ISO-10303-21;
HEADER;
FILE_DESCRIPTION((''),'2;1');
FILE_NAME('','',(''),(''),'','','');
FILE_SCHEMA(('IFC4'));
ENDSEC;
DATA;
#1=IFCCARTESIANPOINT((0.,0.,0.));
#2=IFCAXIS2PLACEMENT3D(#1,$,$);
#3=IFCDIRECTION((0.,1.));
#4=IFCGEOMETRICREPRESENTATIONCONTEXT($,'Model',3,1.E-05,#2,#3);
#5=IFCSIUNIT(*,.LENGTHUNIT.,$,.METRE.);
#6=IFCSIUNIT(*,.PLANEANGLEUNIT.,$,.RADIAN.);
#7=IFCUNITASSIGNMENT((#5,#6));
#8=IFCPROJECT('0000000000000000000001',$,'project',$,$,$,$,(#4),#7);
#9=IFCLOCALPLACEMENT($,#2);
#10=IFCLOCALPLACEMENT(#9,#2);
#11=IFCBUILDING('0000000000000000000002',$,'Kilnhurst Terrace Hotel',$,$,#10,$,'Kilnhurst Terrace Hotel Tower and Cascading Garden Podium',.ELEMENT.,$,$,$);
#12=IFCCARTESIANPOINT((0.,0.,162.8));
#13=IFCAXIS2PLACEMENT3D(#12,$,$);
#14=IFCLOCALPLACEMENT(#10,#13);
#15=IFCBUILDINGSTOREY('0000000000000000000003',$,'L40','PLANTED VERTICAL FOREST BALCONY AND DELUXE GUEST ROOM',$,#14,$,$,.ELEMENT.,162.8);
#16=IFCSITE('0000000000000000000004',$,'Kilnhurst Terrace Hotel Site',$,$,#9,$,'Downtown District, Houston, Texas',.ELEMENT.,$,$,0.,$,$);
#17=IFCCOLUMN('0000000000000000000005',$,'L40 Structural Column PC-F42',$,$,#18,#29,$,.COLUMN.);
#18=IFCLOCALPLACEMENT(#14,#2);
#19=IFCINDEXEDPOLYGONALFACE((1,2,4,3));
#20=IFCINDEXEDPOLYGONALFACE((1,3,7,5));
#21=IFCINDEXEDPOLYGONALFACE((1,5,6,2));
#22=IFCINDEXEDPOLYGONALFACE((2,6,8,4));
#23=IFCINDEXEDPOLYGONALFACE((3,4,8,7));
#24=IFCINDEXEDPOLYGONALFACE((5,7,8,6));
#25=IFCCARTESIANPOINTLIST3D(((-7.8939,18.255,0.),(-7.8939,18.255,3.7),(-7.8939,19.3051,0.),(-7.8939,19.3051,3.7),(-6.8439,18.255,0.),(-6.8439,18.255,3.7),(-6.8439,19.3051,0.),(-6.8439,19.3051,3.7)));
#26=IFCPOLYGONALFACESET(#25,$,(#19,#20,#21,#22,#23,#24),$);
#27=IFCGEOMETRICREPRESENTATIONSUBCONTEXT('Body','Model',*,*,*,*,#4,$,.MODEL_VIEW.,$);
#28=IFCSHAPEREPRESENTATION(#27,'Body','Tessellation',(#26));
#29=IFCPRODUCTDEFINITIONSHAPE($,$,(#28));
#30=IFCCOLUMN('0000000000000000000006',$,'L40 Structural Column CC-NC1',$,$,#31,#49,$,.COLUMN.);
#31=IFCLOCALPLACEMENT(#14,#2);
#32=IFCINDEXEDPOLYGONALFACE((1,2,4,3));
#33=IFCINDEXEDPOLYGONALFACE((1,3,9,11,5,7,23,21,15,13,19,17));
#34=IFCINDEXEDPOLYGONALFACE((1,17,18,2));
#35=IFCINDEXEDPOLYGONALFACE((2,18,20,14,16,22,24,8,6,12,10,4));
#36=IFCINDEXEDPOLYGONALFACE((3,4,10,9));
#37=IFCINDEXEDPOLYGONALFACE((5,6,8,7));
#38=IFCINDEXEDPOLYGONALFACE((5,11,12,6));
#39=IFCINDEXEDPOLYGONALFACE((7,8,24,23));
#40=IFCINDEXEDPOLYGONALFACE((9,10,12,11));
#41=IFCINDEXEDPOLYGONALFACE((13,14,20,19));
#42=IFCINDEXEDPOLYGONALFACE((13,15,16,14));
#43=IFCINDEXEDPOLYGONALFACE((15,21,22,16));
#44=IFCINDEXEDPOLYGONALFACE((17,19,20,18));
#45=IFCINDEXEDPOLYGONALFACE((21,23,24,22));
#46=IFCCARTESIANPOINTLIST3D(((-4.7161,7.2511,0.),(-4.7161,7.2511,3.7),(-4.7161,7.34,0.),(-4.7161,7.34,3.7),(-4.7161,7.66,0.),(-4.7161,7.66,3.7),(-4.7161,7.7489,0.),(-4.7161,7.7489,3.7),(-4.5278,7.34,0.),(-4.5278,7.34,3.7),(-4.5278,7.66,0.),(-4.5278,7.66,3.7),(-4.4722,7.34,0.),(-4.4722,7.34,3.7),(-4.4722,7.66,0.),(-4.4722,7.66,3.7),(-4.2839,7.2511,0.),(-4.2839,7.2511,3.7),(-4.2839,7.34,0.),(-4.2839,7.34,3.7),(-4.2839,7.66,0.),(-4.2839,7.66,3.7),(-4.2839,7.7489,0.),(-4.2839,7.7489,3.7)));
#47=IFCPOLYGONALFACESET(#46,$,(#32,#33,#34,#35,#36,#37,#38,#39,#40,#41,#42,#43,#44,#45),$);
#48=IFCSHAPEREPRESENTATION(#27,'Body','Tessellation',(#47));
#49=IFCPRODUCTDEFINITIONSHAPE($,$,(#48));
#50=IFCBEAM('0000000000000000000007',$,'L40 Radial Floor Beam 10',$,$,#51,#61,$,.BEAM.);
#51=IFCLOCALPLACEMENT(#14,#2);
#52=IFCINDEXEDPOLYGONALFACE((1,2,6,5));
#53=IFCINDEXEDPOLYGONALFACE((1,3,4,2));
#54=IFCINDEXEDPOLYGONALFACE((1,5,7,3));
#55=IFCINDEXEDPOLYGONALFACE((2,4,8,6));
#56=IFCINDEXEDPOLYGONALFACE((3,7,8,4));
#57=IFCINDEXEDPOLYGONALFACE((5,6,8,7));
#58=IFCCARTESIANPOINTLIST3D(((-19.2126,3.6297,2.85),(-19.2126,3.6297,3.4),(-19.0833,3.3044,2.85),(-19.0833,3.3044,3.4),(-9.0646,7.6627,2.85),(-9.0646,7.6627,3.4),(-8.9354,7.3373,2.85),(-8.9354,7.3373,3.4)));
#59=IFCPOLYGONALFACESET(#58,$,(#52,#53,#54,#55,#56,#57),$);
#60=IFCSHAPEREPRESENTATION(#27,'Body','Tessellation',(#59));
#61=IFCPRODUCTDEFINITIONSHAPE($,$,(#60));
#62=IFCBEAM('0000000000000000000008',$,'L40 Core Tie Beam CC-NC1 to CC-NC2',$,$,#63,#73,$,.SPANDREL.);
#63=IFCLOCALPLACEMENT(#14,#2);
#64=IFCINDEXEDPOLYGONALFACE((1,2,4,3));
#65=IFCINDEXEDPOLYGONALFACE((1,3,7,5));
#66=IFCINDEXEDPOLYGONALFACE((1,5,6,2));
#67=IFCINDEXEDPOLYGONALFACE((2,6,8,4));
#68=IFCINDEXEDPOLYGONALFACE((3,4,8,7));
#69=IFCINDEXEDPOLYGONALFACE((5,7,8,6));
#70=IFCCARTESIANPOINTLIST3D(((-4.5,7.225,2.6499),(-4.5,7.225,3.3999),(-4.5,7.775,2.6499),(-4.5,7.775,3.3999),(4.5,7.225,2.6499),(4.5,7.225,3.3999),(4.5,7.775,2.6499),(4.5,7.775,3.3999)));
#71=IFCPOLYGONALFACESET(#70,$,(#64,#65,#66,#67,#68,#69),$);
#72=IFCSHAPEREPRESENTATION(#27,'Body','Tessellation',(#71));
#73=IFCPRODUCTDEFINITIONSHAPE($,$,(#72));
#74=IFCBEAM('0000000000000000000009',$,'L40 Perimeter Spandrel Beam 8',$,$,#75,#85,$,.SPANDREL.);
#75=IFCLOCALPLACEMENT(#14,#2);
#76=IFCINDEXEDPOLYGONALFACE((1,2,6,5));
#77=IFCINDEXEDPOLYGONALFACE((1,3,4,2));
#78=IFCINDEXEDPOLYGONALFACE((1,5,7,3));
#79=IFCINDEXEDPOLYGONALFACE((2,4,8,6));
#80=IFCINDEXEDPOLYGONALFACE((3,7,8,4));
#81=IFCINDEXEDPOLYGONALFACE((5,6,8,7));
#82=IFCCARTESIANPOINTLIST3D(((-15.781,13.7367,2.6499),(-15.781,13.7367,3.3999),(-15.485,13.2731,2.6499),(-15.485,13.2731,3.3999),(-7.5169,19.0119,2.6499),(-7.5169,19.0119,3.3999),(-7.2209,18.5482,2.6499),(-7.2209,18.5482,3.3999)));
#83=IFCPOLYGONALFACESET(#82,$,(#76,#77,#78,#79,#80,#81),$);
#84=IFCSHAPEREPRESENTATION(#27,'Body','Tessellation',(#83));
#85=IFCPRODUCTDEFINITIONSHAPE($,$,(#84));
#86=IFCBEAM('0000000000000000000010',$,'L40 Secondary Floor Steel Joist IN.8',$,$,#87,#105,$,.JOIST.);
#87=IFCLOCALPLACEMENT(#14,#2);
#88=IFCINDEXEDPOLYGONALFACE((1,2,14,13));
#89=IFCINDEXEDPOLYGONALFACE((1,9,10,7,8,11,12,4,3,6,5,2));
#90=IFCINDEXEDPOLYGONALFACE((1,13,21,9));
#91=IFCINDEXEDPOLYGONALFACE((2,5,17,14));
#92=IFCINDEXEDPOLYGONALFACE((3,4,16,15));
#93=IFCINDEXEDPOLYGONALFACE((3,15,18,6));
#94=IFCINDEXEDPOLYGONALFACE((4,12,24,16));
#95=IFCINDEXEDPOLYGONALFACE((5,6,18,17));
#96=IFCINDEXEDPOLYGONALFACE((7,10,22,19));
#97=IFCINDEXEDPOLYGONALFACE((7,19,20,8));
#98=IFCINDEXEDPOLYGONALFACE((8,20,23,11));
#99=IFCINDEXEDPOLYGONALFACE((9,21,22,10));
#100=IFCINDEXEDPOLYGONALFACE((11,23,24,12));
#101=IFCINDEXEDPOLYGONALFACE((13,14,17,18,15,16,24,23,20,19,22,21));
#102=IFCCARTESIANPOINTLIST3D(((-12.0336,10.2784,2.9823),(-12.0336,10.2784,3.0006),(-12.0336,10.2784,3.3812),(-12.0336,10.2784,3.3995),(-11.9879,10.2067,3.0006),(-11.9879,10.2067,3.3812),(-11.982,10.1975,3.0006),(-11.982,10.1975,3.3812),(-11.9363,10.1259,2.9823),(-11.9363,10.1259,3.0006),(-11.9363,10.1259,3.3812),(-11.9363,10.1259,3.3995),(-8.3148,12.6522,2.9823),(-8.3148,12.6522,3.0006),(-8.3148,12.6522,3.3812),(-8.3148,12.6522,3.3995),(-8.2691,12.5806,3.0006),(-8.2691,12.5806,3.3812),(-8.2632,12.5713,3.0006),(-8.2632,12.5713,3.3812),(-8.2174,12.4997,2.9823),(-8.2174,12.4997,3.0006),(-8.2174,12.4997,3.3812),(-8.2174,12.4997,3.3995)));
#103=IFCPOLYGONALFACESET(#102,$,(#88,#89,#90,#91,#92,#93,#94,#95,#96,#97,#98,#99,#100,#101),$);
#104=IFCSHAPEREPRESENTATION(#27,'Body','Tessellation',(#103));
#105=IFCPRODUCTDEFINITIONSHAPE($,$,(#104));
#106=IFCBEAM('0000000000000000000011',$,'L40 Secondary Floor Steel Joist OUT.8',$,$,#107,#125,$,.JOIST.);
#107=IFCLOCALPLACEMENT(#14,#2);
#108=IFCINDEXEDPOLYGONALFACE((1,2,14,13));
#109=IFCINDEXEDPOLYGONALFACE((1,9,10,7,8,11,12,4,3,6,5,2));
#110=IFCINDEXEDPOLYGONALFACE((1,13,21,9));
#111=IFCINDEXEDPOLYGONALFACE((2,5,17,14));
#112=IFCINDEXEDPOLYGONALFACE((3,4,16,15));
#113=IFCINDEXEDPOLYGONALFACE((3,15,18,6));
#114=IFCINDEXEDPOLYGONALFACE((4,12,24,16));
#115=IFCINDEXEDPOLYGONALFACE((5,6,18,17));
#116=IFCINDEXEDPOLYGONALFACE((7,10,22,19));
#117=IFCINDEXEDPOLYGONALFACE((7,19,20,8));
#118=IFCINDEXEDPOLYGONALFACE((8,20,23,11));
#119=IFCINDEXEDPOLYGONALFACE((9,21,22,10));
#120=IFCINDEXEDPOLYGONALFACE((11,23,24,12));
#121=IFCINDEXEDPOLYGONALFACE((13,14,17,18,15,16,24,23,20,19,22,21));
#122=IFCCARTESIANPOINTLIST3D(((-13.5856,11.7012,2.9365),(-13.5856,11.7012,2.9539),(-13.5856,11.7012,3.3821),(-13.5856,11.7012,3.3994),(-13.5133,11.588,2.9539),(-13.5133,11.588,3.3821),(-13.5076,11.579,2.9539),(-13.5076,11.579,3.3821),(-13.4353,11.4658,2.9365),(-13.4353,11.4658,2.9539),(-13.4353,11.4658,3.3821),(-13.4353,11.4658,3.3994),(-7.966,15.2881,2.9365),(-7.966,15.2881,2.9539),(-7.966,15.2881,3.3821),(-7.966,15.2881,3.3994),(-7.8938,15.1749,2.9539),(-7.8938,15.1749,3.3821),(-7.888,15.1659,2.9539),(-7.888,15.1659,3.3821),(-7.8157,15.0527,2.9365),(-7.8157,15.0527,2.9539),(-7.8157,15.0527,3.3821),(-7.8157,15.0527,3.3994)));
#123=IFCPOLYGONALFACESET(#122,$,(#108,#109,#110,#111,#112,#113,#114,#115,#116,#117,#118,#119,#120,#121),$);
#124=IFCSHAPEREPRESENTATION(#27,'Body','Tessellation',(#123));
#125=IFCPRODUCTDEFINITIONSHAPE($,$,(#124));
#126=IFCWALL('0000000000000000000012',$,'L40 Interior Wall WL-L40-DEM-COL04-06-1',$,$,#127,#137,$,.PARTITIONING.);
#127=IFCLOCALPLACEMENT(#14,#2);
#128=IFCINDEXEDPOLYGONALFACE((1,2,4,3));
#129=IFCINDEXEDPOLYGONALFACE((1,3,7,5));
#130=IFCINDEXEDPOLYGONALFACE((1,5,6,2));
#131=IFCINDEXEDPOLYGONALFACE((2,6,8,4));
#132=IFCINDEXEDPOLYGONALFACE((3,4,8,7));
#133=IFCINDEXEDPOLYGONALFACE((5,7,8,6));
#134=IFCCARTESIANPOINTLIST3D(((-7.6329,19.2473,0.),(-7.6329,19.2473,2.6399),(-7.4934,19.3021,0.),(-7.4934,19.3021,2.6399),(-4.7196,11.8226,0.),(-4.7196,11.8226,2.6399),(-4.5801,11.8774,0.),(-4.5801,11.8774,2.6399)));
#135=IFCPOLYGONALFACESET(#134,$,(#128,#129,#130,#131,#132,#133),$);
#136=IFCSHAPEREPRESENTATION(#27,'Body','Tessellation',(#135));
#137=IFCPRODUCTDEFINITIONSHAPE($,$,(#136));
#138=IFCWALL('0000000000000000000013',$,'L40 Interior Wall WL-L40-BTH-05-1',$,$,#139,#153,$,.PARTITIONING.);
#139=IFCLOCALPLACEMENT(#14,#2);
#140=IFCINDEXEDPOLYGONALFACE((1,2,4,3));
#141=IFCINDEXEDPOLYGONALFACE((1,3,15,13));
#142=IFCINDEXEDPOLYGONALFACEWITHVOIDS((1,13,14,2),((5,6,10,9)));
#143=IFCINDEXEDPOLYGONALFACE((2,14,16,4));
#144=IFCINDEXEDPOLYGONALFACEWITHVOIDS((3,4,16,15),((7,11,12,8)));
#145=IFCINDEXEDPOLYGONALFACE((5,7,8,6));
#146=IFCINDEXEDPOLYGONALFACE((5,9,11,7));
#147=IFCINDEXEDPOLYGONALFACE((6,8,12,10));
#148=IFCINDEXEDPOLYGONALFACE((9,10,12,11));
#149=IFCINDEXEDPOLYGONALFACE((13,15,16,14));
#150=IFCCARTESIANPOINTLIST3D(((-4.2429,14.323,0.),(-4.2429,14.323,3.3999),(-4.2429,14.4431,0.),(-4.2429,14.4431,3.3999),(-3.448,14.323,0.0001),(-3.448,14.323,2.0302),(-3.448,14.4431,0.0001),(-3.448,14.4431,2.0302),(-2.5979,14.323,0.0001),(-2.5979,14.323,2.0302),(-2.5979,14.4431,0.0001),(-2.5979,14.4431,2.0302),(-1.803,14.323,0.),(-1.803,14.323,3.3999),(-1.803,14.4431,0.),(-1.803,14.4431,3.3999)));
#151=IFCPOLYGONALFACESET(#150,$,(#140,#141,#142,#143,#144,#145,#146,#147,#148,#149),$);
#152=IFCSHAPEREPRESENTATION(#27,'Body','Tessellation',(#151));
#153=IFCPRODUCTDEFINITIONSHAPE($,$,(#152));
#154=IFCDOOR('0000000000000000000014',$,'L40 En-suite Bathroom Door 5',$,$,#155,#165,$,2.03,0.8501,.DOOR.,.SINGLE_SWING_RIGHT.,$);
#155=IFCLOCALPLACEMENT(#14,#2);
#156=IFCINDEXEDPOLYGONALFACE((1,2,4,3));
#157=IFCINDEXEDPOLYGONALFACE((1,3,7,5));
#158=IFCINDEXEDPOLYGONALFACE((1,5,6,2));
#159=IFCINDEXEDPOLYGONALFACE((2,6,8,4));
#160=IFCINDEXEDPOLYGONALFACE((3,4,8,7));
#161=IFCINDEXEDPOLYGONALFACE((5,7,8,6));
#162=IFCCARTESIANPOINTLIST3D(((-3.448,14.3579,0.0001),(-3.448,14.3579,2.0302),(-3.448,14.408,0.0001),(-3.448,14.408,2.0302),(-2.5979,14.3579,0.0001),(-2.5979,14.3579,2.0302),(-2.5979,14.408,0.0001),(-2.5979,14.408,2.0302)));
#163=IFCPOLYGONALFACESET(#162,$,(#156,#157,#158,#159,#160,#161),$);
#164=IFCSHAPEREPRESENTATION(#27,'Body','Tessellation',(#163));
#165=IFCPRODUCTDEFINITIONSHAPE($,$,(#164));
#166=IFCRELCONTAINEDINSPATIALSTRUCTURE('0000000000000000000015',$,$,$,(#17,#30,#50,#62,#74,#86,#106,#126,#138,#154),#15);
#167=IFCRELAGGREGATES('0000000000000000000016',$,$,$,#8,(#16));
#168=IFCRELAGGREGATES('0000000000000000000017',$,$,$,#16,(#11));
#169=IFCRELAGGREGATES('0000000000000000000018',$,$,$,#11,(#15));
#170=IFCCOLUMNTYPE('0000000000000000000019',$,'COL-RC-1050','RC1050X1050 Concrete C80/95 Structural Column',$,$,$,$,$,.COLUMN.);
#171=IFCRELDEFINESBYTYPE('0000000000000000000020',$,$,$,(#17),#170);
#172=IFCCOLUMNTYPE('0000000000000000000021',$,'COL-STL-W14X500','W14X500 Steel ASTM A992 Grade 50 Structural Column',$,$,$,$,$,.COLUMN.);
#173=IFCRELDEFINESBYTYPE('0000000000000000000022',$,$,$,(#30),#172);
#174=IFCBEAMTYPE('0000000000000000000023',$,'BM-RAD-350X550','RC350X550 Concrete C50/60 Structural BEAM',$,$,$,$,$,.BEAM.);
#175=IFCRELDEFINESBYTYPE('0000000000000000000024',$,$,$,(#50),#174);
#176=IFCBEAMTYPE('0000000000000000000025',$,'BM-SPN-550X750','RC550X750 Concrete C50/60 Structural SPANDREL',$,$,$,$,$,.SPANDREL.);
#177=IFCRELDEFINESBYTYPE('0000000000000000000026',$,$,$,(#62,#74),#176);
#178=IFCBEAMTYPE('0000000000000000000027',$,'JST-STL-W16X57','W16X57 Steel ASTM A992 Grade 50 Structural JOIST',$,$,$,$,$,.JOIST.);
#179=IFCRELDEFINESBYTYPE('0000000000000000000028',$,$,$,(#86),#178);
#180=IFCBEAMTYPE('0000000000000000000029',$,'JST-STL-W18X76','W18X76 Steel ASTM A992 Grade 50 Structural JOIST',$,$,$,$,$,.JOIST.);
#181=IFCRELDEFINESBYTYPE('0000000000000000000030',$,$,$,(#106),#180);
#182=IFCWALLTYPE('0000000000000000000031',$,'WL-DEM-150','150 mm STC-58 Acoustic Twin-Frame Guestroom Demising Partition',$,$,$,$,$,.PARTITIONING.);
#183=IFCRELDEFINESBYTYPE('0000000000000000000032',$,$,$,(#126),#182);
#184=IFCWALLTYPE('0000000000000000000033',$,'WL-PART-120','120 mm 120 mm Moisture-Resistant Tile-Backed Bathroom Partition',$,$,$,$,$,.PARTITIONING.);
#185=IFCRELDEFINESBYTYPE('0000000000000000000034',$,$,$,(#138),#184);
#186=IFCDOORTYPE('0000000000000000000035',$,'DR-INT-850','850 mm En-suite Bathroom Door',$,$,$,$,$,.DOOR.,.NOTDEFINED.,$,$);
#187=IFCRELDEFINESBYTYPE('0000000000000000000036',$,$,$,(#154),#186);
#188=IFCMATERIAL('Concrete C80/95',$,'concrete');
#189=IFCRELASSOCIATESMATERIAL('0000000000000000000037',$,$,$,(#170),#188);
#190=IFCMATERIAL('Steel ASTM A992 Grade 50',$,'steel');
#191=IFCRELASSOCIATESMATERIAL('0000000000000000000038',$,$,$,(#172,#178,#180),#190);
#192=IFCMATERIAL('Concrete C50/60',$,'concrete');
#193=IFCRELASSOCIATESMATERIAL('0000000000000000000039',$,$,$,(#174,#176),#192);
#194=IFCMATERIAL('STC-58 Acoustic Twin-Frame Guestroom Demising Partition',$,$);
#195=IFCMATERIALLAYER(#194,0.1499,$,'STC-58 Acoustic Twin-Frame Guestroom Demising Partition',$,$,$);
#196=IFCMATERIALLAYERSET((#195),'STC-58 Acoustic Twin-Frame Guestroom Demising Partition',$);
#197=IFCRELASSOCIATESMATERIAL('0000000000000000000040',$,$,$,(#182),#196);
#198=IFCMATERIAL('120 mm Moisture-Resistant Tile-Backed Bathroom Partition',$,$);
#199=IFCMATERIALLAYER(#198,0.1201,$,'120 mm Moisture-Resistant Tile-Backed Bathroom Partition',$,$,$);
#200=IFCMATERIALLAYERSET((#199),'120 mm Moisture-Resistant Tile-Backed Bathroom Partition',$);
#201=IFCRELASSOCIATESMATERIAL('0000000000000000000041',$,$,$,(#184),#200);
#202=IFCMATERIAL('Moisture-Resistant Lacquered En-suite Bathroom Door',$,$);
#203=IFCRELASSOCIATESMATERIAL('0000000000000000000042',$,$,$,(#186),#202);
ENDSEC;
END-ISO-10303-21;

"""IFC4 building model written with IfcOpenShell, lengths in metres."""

from ifc_helpers import new_model, si_unit, direction, frame, frame_2d, origin, origin_2d, place, context, subcontext, project, spatial, rectangle, i_section, extrude, material, layer, layer_set, material_profile, profile_set, type_object, element, fill, save


model = new_model("IFC4")

# Units and contexts
model_context = context("Model", 3, precision=1e-05, world=origin(), true_north=direction((0.0, 1.0)))
body_context = subcontext(model_context, "Body", "Model", "MODEL_VIEW")
ifc_project = project(units=[si_unit("LENGTHUNIT", "METRE"), si_unit("PLANEANGLEUNIT", "RADIAN")], contexts=[model_context])

# Site, building, storey
site_placement = place(None, origin())
site = spatial("IfcSite", under=ifc_project, at=site_placement, Name="Kilnhurst Terrace Hotel Site", LongName="Downtown District, Houston, Texas", CompositionType="ELEMENT", RefElevation=0.0)
building_placement = place(site_placement, origin())
building = spatial("IfcBuilding", under=site, at=building_placement, Name="Kilnhurst Terrace Hotel", LongName="Kilnhurst Terrace Hotel Tower and Cascading Garden Podium", CompositionType="ELEMENT")
storey_placement = place(building_placement, frame((0.0, 0.0, 162.8)))
storey = spatial("IfcBuildingStorey", under=building, at=storey_placement, Name="L40", Description="PLANTED VERTICAL FOREST BALCONY AND DELUXE GUEST ROOM", CompositionType="ELEMENT", Elevation=162.8)

# Columns
ifc_material_1 = material(Name="Concrete C80/95", Category="concrete")
ifc_material_profile_1 = material_profile(ifc_material_1, rectangle(XDim=1.05, YDim=1.05, at=origin_2d()), Name="RC1050X1050")
ifc_profile_set_1 = profile_set([ifc_material_profile_1], Name="Concrete C80/95")
column_type_1 = type_object("IfcColumnType", Name="COL-RC-1050", Description="RC1050X1050 Concrete C80/95 Structural Column", PredefinedType="COLUMN", material=ifc_profile_set_1)
column_1_placement = place(storey_placement, frame((-7.3689, 18.78, 0.0), z_axis=(0.0, 0.0, 1.0), x_axis=(1.0, 0.0, 0.0)))
element("IfcColumn", 1, at=column_1_placement, inside=storey, type_object=column_type_1, Name="L40 Structural Column PC-F42", PredefinedType="COLUMN", context=body_context, shape_type="SweptSolid", body=[
    extrude(rectangle(XDim=1.05, YDim=1.05, at=origin_2d()), origin(), (0.0, 0.0, 1.0), 3.7),
])
ifc_material_2 = material(Name="Steel ASTM A992 Grade 50", Category="steel")
ifc_material_profile_2 = material_profile(ifc_material_2, i_section(OverallWidth=0.4321, OverallDepth=0.4978, WebThickness=0.0557, FlangeThickness=0.0889, at=origin_2d()), Name="W14X500")
ifc_profile_set_2 = profile_set([ifc_material_profile_2], Name="Steel ASTM A992 Grade 50")
column_type_2 = type_object("IfcColumnType", Name="COL-STL-W14X500", Description="W14X500 Steel ASTM A992 Grade 50 Structural Column", PredefinedType="COLUMN", material=ifc_profile_set_2)
column_2_placement = place(storey_placement, frame((-4.5, 7.5, 0.0), z_axis=(0.0, 0.0, 1.0), x_axis=(1.0, 0.0, 0.0)))
element("IfcColumn", 2, at=column_2_placement, inside=storey, type_object=column_type_2, Name="L40 Structural Column CC-NC1", PredefinedType="COLUMN", context=body_context, shape_type="SweptSolid", body=[
    extrude(i_section(OverallWidth=0.4321, OverallDepth=0.4978, WebThickness=0.0557, FlangeThickness=0.0889, at=origin_2d()), origin(), (0.0, 0.0, 1.0), 3.7),
])

# Beams
ifc_material_3 = material(Name="Concrete C50/60", Category="concrete")
ifc_material_profile_3 = material_profile(ifc_material_3, rectangle(XDim=0.3501, YDim=0.55, at=origin_2d()), Name="RC350X550")
ifc_profile_set_3 = profile_set([ifc_material_profile_3], Name="Concrete C50/60")
beam_type_1 = type_object("IfcBeamType", Name="BM-RAD-350X550", Description="RC350X550 Concrete C50/60 Structural BEAM", PredefinedType="BEAM", material=ifc_profile_set_3)
beam_1_placement = place(storey_placement, frame((-9.0, 7.5, 3.125), z_axis=(-0.929302, -0.36932, 0.0), x_axis=(0.36932, -0.929302, 0.0)))
element("IfcBeam", 3, at=beam_1_placement, inside=storey, type_object=beam_type_1, Name="L40 Radial Floor Beam 10", PredefinedType="BEAM", context=body_context, shape_type="SweptSolid", body=[
    extrude(rectangle(XDim=0.3501, YDim=0.55, at=origin_2d()), origin(), (0.0, 0.0, 1.0), 10.9199),
])
ifc_material_profile_4 = material_profile(ifc_material_3, rectangle(XDim=0.55, YDim=0.75, at=origin_2d()), Name="RC550X750")
ifc_profile_set_4 = profile_set([ifc_material_profile_4], Name="Concrete C50/60")
beam_type_2 = type_object("IfcBeamType", Name="BM-SPN-550X750", Description="RC550X750 Concrete C50/60 Structural SPANDREL", PredefinedType="SPANDREL", material=ifc_profile_set_4)
beam_2_placement = place(storey_placement, frame((-4.5, 7.5, 3.0249), z_axis=(1.0, 0.0, 0.0), x_axis=(0.0, 1.0, 0.0)))
element("IfcBeam", 4, at=beam_2_placement, inside=storey, type_object=beam_type_2, Name="L40 Core Tie Beam CC-NC1 to CC-NC2", PredefinedType="SPANDREL", context=body_context, shape_type="SweptSolid", body=[
    extrude(rectangle(XDim=0.55, YDim=0.75, at=origin_2d()), origin(), (0.0, 0.0, 1.0), 9.0),
])
beam_3_placement = place(storey_placement, frame((-7.3689, 18.78, 3.0249), z_axis=(-0.842915, -0.538046, 0.0), x_axis=(0.538046, -0.842915, 0.0)))
element("IfcBeam", 5, at=beam_3_placement, inside=storey, type_object=beam_type_2, Name="L40 Perimeter Spandrel Beam 8", PredefinedType="SPANDREL", context=body_context, shape_type="SweptSolid", body=[
    extrude(rectangle(XDim=0.55, YDim=0.75, at=origin_2d()), origin(), (0.0, 0.0, 1.0), 9.8042),
])
ifc_material_profile_5 = material_profile(ifc_material_2, i_section(OverallWidth=0.1809, OverallDepth=0.4172, WebThickness=0.011, FlangeThickness=0.0183, at=origin_2d()), Name="W16X57")
ifc_profile_set_5 = profile_set([ifc_material_profile_5], Name="Steel ASTM A992 Grade 50")
beam_type_3 = type_object("IfcBeamType", Name="JST-STL-W16X57", Description="W16X57 Steel ASTM A992 Grade 50 Structural JOIST", PredefinedType="JOIST", material=ifc_profile_set_5)
beam_4_placement = place(storey_placement, frame((-8.2661, 12.5759, 3.1909), z_axis=(-0.842911, -0.538053, 0.0), x_axis=(0.538053, -0.842911, 0.0)))
element("IfcBeam", 6, at=beam_4_placement, inside=storey, type_object=beam_type_3, Name="L40 Secondary Floor Steel Joist IN.8", PredefinedType="JOIST", context=body_context, shape_type="SweptSolid", body=[
    extrude(i_section(OverallWidth=0.1809, OverallDepth=0.4172, WebThickness=0.011, FlangeThickness=0.0183, at=origin_2d()), origin(), (0.0, 0.0, 1.0), 4.4119),
])
ifc_material_profile_6 = material_profile(ifc_material_2, i_section(OverallWidth=0.2793, OverallDepth=0.4629, WebThickness=0.0107, FlangeThickness=0.0173, at=origin_2d()), Name="W18X76")
ifc_profile_set_6 = profile_set([ifc_material_profile_6], Name="Steel ASTM A992 Grade 50")
beam_type_4 = type_object("IfcBeamType", Name="JST-STL-W18X76", Description="W18X76 Steel ASTM A992 Grade 50 Structural JOIST", PredefinedType="JOIST", material=ifc_profile_set_6)
beam_5_placement = place(storey_placement, frame((-7.8909, 15.1704, 3.168), z_axis=(-0.842928, -0.538027, 0.0), x_axis=(0.538027, -0.842928, 0.0)))
element("IfcBeam", 7, at=beam_5_placement, inside=storey, type_object=beam_type_4, Name="L40 Secondary Floor Steel Joist OUT.8", PredefinedType="JOIST", context=body_context, shape_type="SweptSolid", body=[
    extrude(i_section(OverallWidth=0.2793, OverallDepth=0.4629, WebThickness=0.0107, FlangeThickness=0.0173, at=origin_2d()), origin(), (0.0, 0.0, 1.0), 6.6667),
])

# Wall
ifc_material_4 = material(Name="STC-58 Acoustic Twin-Frame Guestroom Demising Partition")
ifc_layer_1 = layer(ifc_material_4, 0.1499, Name="STC-58 Acoustic Twin-Frame Guestroom Demising Partition")
ifc_layer_set_1 = layer_set([ifc_layer_1], Name="STC-58 Acoustic Twin-Frame Guestroom Demising Partition")
wall_type_1 = type_object("IfcWallType", Name="WL-DEM-150", Description="150 mm STC-58 Acoustic Twin-Frame Guestroom Demising Partition", PredefinedType="PARTITIONING", material=ifc_layer_set_1)
wall_1_placement = place(storey_placement, frame((-4.6499, 11.8501, 0.0), z_axis=(0.0, 0.0, 1.0), x_axis=(-0.365266, 0.930903, 0.0)))
element("IfcWall", 8, at=wall_1_placement, inside=storey, type_object=wall_type_1, Name="L40 Interior Wall WL-L40-DEM-COL04-06-1", PredefinedType="PARTITIONING", context=body_context, shape_type="SweptSolid", body=[
    extrude(rectangle(XDim=7.9758, YDim=0.1499, at=frame_2d((3.9878, 0.0))), origin(), (0.0, 0.0, 1.0), 2.6399),
])

# Wall, opening, door
ifc_material_5 = material(Name="120 mm Moisture-Resistant Tile-Backed Bathroom Partition")
ifc_layer_2 = layer(ifc_material_5, 0.1201, Name="120 mm Moisture-Resistant Tile-Backed Bathroom Partition")
ifc_layer_set_2 = layer_set([ifc_layer_2], Name="120 mm Moisture-Resistant Tile-Backed Bathroom Partition")
wall_type_2 = type_object("IfcWallType", Name="WL-PART-120", Description="120 mm 120 mm Moisture-Resistant Tile-Backed Bathroom Partition", PredefinedType="PARTITIONING", material=ifc_layer_set_2)
wall_2_placement = place(storey_placement, frame((-4.2429, 14.3831, 0.0), z_axis=(0.0, 0.0, 1.0), x_axis=(1.0, 0.0, 0.0)))
wall_2 = element("IfcWall", 9, at=wall_2_placement, inside=storey, type_object=wall_type_2, Name="L40 Interior Wall WL-L40-BTH-05-1", PredefinedType="PARTITIONING", context=body_context, shape_type="SweptSolid", body=[
    extrude(rectangle(XDim=2.4399, YDim=0.1201, at=frame_2d((1.22, 0.0))), origin(), (0.0, 0.0, 1.0), 3.3999),
])
opening_1_placement = place(wall_2_placement, frame((0.7949, 0.0, 0.0)))
opening_1 = element("IfcOpeningElement", 10, at=opening_1_placement, cuts=wall_2, PredefinedType="OPENING", context=body_context, shape_type="SweptSolid", body=[
    extrude(rectangle(XDim=0.8501, YDim=2.03, at=frame_2d((0.425, 1.0151))), frame((0.0, 0.0701, 0.0), z_axis=(0.0, -1.0, 0.0), x_axis=(1.0, 0.0, 0.0)), (0.0, 0.0, 1.0), 0.1401),
])
ifc_material_6 = material(Name="Moisture-Resistant Lacquered En-suite Bathroom Door")
door_type_1 = type_object("IfcDoorType", Name="DR-INT-850", Description="850 mm En-suite Bathroom Door", OperationType="NOTDEFINED", PredefinedType="DOOR", material=ifc_material_6)
door_1_placement = place(opening_1_placement, origin())
door_1 = element("IfcDoor", 11, at=door_1_placement, inside=storey, type_object=door_type_1, Name="L40 En-suite Bathroom Door 5", OperationType="SINGLE_SWING_RIGHT", OverallHeight=2.03, OverallWidth=0.8501, PredefinedType="DOOR", context=body_context, shape_type="SweptSolid", body=[
    extrude(rectangle(XDim=0.8501, YDim=2.03, at=frame_2d((0.425, 1.0151))), frame((0.0, 0.0249, 0.0), z_axis=(0.0, -1.0, 0.0), x_axis=(1.0, 0.0, 0.0)), (0.0, 0.0, 1.0), 0.05),
])
fill(opening_1, door_1)

save(model, "model.ifc")
